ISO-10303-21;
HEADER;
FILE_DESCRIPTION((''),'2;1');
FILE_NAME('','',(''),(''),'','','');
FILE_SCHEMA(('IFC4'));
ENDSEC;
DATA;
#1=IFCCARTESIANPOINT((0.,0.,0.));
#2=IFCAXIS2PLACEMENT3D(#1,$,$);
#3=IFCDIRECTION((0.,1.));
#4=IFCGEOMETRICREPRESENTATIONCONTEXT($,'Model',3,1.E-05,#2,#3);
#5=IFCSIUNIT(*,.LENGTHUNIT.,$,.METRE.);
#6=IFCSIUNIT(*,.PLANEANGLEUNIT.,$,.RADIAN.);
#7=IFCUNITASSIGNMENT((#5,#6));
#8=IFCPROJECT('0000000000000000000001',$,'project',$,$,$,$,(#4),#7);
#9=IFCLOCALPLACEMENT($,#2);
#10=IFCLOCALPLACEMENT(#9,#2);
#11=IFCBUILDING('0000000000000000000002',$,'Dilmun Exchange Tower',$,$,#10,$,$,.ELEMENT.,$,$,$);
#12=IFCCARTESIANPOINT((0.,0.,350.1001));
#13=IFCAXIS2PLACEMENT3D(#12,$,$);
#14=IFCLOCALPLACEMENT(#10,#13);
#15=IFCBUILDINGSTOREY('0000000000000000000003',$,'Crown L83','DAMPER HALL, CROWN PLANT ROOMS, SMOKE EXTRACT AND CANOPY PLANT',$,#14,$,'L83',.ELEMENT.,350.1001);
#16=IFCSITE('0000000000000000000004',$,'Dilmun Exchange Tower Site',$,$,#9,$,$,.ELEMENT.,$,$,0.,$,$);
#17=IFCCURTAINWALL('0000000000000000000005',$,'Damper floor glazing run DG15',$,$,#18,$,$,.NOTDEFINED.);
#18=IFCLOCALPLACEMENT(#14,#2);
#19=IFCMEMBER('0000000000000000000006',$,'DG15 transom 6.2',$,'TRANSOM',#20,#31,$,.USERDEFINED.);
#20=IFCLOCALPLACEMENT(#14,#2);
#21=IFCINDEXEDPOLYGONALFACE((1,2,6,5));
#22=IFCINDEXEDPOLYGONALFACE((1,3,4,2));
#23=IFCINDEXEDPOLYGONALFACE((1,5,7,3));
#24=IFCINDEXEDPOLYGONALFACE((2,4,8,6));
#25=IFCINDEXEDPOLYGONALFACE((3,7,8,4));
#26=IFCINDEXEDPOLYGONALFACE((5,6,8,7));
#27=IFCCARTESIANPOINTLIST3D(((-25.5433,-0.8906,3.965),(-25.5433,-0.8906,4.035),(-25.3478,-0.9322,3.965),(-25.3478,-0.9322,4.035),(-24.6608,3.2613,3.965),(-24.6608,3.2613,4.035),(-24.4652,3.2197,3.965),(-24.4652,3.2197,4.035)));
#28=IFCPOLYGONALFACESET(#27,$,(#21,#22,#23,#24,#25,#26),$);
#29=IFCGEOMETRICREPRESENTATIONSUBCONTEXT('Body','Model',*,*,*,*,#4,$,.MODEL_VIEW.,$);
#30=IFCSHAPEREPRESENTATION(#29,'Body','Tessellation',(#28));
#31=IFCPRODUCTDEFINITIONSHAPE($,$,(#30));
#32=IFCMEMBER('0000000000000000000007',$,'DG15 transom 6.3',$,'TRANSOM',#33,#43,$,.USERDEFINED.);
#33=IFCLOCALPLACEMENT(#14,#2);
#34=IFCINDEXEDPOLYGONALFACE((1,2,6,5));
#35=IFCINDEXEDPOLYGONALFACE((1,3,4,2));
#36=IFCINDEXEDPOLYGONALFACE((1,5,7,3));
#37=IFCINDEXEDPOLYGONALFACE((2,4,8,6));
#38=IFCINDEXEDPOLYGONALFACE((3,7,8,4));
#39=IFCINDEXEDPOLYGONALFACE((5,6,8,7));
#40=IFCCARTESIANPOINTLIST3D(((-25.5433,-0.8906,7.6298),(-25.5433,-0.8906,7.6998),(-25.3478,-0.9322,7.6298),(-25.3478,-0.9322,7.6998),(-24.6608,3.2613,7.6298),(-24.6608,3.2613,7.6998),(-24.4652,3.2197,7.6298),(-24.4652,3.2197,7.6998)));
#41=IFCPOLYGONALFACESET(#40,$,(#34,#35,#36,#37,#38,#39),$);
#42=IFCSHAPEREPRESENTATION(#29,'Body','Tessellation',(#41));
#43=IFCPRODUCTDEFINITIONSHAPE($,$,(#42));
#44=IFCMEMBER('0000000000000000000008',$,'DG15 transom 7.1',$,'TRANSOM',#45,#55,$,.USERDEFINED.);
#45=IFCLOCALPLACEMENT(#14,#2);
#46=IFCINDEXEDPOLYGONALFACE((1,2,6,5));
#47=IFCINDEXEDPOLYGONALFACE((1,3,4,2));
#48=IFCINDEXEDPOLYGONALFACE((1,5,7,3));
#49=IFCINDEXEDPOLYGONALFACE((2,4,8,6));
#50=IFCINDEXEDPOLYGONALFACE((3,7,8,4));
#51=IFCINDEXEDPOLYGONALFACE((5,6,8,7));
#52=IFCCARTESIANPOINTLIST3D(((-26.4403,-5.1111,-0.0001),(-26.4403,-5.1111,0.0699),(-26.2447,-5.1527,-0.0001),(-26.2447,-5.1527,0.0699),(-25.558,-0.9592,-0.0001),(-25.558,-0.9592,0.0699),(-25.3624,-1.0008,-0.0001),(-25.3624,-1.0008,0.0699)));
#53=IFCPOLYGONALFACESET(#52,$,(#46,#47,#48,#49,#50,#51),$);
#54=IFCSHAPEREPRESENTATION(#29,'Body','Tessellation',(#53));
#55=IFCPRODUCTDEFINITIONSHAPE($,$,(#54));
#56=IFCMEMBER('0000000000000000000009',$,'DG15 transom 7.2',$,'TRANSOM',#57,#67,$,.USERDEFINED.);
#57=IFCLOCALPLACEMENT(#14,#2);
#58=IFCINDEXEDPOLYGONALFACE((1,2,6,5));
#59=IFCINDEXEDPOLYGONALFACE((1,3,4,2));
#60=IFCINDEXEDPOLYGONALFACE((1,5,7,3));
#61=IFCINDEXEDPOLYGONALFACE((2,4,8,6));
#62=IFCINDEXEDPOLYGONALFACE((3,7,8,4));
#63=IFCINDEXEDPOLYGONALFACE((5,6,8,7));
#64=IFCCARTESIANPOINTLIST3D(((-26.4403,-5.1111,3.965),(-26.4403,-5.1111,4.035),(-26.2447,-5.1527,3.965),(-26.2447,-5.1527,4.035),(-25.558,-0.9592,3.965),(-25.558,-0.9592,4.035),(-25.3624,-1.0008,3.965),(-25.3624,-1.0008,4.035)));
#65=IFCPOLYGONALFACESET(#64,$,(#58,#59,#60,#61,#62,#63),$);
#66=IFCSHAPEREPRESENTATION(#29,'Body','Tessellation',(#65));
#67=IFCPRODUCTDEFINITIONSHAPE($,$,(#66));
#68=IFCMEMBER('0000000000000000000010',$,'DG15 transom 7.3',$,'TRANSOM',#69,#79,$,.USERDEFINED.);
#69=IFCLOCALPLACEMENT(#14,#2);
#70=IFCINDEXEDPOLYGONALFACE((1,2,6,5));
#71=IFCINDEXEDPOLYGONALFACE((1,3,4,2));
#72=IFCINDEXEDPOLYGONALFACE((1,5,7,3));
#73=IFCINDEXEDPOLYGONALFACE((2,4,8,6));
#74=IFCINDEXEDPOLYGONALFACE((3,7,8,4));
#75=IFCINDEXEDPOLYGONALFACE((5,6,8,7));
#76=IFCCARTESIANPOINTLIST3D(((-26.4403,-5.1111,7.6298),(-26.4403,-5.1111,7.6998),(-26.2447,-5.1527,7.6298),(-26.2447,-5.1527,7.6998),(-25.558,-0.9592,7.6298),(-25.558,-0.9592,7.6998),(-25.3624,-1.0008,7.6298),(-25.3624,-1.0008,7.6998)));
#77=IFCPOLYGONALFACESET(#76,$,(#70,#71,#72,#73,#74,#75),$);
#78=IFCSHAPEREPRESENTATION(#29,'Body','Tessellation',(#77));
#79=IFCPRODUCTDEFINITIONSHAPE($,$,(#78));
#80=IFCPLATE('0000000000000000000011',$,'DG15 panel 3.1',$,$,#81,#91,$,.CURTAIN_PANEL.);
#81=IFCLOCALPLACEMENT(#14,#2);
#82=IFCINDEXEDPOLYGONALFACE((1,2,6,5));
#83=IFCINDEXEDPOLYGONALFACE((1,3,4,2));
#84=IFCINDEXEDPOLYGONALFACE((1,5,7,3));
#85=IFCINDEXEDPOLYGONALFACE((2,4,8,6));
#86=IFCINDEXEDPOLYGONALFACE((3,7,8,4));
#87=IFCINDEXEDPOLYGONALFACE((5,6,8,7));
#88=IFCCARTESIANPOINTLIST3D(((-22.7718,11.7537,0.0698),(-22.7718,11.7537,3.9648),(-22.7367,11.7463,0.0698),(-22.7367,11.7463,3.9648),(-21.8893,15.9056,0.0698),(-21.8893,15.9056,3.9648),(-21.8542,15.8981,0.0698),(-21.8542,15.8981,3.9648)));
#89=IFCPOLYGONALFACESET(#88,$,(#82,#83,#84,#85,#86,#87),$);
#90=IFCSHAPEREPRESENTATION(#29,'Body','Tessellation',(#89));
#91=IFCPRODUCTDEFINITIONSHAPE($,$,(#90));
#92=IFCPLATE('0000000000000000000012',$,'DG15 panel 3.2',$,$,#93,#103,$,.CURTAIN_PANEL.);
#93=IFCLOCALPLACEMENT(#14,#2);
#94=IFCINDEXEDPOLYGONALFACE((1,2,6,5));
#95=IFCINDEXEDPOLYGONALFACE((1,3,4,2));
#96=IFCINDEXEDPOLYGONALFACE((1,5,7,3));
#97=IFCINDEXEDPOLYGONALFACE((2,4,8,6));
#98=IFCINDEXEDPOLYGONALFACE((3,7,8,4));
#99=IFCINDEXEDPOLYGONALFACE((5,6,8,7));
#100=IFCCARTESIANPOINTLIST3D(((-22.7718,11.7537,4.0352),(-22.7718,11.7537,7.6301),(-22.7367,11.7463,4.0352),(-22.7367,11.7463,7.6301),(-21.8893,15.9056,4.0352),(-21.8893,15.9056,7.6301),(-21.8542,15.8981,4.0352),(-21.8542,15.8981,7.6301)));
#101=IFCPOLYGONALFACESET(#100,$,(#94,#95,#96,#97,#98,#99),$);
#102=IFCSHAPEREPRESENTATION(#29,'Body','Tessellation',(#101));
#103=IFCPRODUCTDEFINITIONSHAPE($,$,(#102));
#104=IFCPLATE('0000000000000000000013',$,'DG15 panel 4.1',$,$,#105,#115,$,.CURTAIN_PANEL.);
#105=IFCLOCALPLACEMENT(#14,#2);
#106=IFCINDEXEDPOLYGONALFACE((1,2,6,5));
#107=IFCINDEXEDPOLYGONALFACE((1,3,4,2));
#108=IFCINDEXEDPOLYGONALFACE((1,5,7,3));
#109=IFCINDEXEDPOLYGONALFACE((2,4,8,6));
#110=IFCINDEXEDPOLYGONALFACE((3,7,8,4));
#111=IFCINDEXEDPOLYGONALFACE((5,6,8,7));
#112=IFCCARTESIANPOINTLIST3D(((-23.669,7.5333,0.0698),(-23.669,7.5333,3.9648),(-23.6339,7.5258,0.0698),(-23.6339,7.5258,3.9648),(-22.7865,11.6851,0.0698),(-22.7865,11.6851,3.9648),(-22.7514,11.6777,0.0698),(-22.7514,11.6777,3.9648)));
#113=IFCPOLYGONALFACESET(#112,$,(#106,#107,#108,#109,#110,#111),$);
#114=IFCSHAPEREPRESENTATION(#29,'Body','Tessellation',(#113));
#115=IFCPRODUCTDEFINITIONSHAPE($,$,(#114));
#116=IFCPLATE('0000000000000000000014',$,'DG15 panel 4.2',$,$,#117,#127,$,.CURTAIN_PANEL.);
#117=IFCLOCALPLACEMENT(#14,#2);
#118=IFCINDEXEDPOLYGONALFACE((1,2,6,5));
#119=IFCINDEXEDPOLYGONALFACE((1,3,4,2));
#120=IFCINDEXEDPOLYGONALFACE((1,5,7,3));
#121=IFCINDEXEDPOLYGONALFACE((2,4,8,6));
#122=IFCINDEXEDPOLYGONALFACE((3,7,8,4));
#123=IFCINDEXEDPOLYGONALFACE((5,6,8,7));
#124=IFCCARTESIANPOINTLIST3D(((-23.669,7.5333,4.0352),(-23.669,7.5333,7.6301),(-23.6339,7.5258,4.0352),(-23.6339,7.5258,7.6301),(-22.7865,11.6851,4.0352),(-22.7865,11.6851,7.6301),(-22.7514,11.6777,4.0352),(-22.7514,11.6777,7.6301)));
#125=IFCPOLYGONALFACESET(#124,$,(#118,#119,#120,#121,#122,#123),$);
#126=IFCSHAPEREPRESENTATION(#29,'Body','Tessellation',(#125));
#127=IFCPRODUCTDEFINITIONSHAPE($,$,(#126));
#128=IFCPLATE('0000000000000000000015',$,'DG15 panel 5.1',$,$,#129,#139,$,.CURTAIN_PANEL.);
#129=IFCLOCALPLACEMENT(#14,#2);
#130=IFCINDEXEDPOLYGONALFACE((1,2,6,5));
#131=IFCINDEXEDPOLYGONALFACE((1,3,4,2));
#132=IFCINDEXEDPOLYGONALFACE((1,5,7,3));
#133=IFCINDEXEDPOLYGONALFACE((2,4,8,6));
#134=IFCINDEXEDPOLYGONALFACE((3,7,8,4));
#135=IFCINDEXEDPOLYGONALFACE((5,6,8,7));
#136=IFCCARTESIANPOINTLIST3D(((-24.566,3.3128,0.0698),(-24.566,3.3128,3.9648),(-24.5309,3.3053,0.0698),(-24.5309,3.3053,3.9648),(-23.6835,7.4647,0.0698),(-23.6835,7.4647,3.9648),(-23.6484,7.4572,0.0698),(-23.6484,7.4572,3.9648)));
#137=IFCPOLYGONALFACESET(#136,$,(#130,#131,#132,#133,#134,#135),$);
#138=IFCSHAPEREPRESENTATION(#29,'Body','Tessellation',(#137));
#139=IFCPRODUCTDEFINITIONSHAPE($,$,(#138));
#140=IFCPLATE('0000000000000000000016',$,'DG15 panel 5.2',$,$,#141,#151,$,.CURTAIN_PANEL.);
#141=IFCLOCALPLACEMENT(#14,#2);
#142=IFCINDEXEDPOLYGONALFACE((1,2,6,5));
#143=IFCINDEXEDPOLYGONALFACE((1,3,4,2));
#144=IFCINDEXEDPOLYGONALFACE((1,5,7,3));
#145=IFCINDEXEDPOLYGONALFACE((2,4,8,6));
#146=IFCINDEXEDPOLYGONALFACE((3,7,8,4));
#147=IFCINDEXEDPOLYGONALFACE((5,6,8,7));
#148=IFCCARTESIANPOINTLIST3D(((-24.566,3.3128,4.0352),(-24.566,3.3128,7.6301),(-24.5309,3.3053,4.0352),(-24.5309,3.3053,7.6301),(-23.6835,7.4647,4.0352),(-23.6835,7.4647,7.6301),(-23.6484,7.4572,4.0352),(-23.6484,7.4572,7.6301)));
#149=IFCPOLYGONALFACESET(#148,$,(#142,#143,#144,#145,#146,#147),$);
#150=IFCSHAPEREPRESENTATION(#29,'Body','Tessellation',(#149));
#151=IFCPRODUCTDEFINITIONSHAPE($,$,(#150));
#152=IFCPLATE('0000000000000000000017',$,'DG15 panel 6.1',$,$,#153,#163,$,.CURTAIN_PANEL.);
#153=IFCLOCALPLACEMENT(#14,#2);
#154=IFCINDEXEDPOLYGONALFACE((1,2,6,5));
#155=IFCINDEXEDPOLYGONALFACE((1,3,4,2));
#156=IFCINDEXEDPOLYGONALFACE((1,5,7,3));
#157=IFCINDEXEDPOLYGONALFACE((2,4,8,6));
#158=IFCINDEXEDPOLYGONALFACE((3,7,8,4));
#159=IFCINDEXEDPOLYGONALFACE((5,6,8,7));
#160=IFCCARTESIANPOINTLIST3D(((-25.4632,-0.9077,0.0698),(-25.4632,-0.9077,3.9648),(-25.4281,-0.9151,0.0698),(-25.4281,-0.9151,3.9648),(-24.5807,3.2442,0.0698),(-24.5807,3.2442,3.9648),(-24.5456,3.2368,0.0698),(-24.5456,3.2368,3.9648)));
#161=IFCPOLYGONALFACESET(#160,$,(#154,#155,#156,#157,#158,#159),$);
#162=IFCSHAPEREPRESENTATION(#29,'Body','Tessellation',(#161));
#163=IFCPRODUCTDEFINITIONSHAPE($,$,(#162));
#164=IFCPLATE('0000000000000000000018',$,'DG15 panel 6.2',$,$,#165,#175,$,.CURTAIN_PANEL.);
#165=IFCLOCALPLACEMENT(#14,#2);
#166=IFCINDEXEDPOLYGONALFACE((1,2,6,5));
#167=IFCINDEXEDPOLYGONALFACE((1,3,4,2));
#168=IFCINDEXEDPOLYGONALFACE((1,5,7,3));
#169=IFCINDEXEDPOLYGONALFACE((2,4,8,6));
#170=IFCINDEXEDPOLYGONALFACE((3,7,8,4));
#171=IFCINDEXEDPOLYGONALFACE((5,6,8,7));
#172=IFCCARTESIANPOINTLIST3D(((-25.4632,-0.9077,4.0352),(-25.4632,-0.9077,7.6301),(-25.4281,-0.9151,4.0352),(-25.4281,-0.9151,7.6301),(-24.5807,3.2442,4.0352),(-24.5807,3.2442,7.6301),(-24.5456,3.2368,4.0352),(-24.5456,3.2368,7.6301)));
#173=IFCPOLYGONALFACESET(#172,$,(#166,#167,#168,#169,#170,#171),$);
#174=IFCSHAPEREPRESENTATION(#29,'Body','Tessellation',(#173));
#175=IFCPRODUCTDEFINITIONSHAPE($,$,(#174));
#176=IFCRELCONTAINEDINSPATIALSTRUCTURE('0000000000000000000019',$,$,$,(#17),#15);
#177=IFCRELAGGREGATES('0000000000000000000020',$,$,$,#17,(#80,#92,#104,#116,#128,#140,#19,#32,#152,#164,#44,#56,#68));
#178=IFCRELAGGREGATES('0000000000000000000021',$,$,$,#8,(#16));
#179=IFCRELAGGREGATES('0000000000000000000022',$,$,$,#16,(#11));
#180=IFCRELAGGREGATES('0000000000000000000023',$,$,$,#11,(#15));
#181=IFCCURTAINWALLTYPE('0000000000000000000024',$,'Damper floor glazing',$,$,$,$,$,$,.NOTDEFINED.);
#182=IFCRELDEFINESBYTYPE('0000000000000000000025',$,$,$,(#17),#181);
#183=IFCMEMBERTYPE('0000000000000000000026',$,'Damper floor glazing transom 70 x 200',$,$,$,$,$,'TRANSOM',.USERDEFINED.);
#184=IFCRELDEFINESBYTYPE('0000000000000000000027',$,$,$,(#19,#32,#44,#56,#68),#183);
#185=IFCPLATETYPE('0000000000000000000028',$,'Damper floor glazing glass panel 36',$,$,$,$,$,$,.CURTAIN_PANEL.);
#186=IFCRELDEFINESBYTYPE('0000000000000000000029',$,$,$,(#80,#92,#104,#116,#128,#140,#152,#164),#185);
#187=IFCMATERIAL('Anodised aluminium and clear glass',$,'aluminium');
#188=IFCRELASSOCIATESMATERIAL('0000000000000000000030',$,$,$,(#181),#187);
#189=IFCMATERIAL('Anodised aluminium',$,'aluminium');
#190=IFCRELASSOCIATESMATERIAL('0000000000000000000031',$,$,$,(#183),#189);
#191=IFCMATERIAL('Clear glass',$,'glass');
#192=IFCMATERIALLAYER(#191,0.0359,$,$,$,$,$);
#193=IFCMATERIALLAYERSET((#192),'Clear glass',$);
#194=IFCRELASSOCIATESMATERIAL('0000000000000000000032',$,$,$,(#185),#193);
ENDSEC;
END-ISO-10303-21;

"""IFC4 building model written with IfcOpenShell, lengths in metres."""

from ifc_helpers import new_model, si_unit, direction, frame, origin, origin_2d, place, context, subcontext, project, spatial, rectangle, extrude, material, layer, layer_set, material_profile, profile_set, type_object, element, aggregate, save


model = new_model("IFC4")

# Units and contexts
model_context = context("Model", 3, precision=1e-05, world=origin(), true_north=direction((0.0, 1.0)))
body_context = subcontext(model_context, "Body", "Model", "MODEL_VIEW")
ifc_project = project(units=[si_unit("LENGTHUNIT", "METRE"), si_unit("PLANEANGLEUNIT", "RADIAN")], contexts=[model_context])

# Site, building, storey
site_placement = place(None, origin())
site = spatial("IfcSite", under=ifc_project, at=site_placement, Name="Dilmun Exchange Tower Site", CompositionType="ELEMENT", RefElevation=0.0)
building_placement = place(site_placement, origin())
building = spatial("IfcBuilding", under=site, at=building_placement, Name="Dilmun Exchange Tower", CompositionType="ELEMENT")
storey_placement = place(building_placement, frame((0.0, 0.0, 350.1001)))
storey = spatial("IfcBuildingStorey", under=building, at=storey_placement, Name="Crown L83", Description="DAMPER HALL, CROWN PLANT ROOMS, SMOKE EXTRACT AND CANOPY PLANT", LongName="L83", CompositionType="ELEMENT", Elevation=350.1001)

# Curtain wall, members, plates
ifc_material_1 = material(Name="Anodised aluminium and clear glass", Category="aluminium")
curtain_wall_type = type_object("IfcCurtainWallType", Name="Damper floor glazing", PredefinedType="NOTDEFINED", material=ifc_material_1)
curtain_wall_placement = place(storey_placement, origin())
curtain_wall = element("IfcCurtainWall", 1, at=curtain_wall_placement, inside=storey, type_object=curtain_wall_type, Name="Damper floor glazing run DG15", PredefinedType="NOTDEFINED")
ifc_material_2 = material(Name="Anodised aluminium", Category="aluminium")
ifc_material_profile_1 = material_profile(ifc_material_2, rectangle(XDim=0.2, YDim=0.0701, at=origin_2d()), Name="AL 70x200")
ifc_profile_set_1 = profile_set([ifc_material_profile_1], Name="Anodised aluminium")
member_type_1 = type_object("IfcMemberType", Name="Damper floor glazing transom 70 x 200", ElementType="TRANSOM", PredefinedType="USERDEFINED", material=ifc_profile_set_1)
member_1_placement = place(storey_placement, frame((-24.563, 3.2405, 4.0), z_axis=(-0.207926, -0.978145, 0.0), x_axis=(0.978145, -0.207926, 0.0)))
member_1 = element("IfcMember", 2, at=member_1_placement, type_object=member_type_1, Name="DG15 transom 6.2", ObjectType="TRANSOM", PredefinedType="USERDEFINED", context=body_context, shape_type="SweptSolid", body=[
    extrude(rectangle(XDim=0.2, YDim=0.0701, at=origin_2d()), origin(), (0.0, 0.0, 1.0), 4.2446),
])
member_2_placement = place(storey_placement, frame((-24.563, 3.2405, 7.6648), z_axis=(-0.207926, -0.978145, 0.0), x_axis=(0.978145, -0.207926, 0.0)))
member_2 = element("IfcMember", 3, at=member_2_placement, type_object=member_type_1, Name="DG15 transom 6.3", ObjectType="TRANSOM", PredefinedType="USERDEFINED", context=body_context, shape_type="SweptSolid", body=[
    extrude(rectangle(XDim=0.2, YDim=0.0701, at=origin_2d()), origin(), (0.0, 0.0, 1.0), 4.2446),
])
member_3_placement = place(storey_placement, frame((-25.4602, -0.98, 0.0349), z_axis=(-0.207871, -0.978156, 0.0), x_axis=(0.978156, -0.207871, 0.0)))
member_3 = element("IfcMember", 4, at=member_3_placement, type_object=member_type_1, Name="DG15 transom 7.1", ObjectType="TRANSOM", PredefinedType="USERDEFINED", context=body_context, shape_type="SweptSolid", body=[
    extrude(rectangle(XDim=0.2, YDim=0.0701, at=origin_2d()), origin(), (0.0, 0.0, 1.0), 4.2446),
])
member_4_placement = place(storey_placement, frame((-25.4602, -0.98, 4.0), z_axis=(-0.207871, -0.978156, 0.0), x_axis=(0.978156, -0.207871, 0.0)))
member_4 = element("IfcMember", 5, at=member_4_placement, type_object=member_type_1, Name="DG15 transom 7.2", ObjectType="TRANSOM", PredefinedType="USERDEFINED", context=body_context, shape_type="SweptSolid", body=[
    extrude(rectangle(XDim=0.2, YDim=0.0701, at=origin_2d()), origin(), (0.0, 0.0, 1.0), 4.2446),
])
member_5_placement = place(storey_placement, frame((-25.4602, -0.98, 7.6648), z_axis=(-0.207871, -0.978156, 0.0), x_axis=(0.978156, -0.207871, 0.0)))
member_5 = element("IfcMember", 6, at=member_5_placement, type_object=member_type_1, Name="DG15 transom 7.3", ObjectType="TRANSOM", PredefinedType="USERDEFINED", context=body_context, shape_type="SweptSolid", body=[
    extrude(rectangle(XDim=0.2, YDim=0.0701, at=origin_2d()), origin(), (0.0, 0.0, 1.0), 4.2446),
])
ifc_material_3 = material(Name="Clear glass", Category="glass")
ifc_layer_1 = layer(ifc_material_3, 0.0359)
ifc_layer_set_1 = layer_set([ifc_layer_1], Name="Clear glass")
plate_type = type_object("IfcPlateType", Name="Damper floor glazing glass panel 36", PredefinedType="CURTAIN_PANEL", material=ifc_layer_set_1)
plate_1_placement = place(storey_placement, frame((-22.313, 13.8259, 0.0698), z_axis=(0.0, 0.0, 1.0), x_axis=(-0.207912, -0.978147, 0.0)))
plate_1 = element("IfcPlate", 7, at=plate_1_placement, type_object=plate_type, Name="DG15 panel 3.1", PredefinedType="CURTAIN_PANEL", context=body_context, shape_type="SweptSolid", body=[
    extrude(rectangle(XDim=4.2446, YDim=0.0359, at=origin_2d()), origin(), (0.0, 0.0, 1.0), 3.895),
])
plate_2_placement = place(storey_placement, frame((-22.313, 13.8259, 4.0352), z_axis=(0.0, 0.0, 1.0), x_axis=(-0.207912, -0.978147, 0.0)))
plate_2 = element("IfcPlate", 8, at=plate_2_placement, type_object=plate_type, Name="DG15 panel 3.2", PredefinedType="CURTAIN_PANEL", context=body_context, shape_type="SweptSolid", body=[
    extrude(rectangle(XDim=4.2446, YDim=0.0359, at=origin_2d()), origin(), (0.0, 0.0, 1.0), 3.595),
])
plate_3_placement = place(storey_placement, frame((-23.2102, 9.6055, 0.0698), z_axis=(0.0, 0.0, 1.0), x_axis=(-0.207912, -0.978147, 0.0)))
plate_3 = element("IfcPlate", 9, at=plate_3_placement, type_object=plate_type, Name="DG15 panel 4.1", PredefinedType="CURTAIN_PANEL", context=body_context, shape_type="SweptSolid", body=[
    extrude(rectangle(XDim=4.2446, YDim=0.0359, at=origin_2d()), origin(), (0.0, 0.0, 1.0), 3.895),
])
plate_4_placement = place(storey_placement, frame((-23.2102, 9.6055, 4.0352), z_axis=(0.0, 0.0, 1.0), x_axis=(-0.207912, -0.978147, 0.0)))
plate_4 = element("IfcPlate", 10, at=plate_4_placement, type_object=plate_type, Name="DG15 panel 4.2", PredefinedType="CURTAIN_PANEL", context=body_context, shape_type="SweptSolid", body=[
    extrude(rectangle(XDim=4.2446, YDim=0.0359, at=origin_2d()), origin(), (0.0, 0.0, 1.0), 3.595),
])
plate_5_placement = place(storey_placement, frame((-24.1072, 5.385, 0.0698), z_axis=(0.0, 0.0, 1.0), x_axis=(-0.207912, -0.978147, 0.0)))
plate_5 = element("IfcPlate", 11, at=plate_5_placement, type_object=plate_type, Name="DG15 panel 5.1", PredefinedType="CURTAIN_PANEL", context=body_context, shape_type="SweptSolid", body=[
    extrude(rectangle(XDim=4.2446, YDim=0.0359, at=origin_2d()), origin(), (0.0, 0.0, 1.0), 3.895),
])
plate_6_placement = place(storey_placement, frame((-24.1072, 5.385, 4.0352), z_axis=(0.0, 0.0, 1.0), x_axis=(-0.207912, -0.978147, 0.0)))
plate_6 = element("IfcPlate", 12, at=plate_6_placement, type_object=plate_type, Name="DG15 panel 5.2", PredefinedType="CURTAIN_PANEL", context=body_context, shape_type="SweptSolid", body=[
    extrude(rectangle(XDim=4.2446, YDim=0.0359, at=origin_2d()), origin(), (0.0, 0.0, 1.0), 3.595),
])
plate_7_placement = place(storey_placement, frame((-25.0044, 1.1646, 0.0698), z_axis=(0.0, 0.0, 1.0), x_axis=(-0.207912, -0.978147, 0.0)))
plate_7 = element("IfcPlate", 13, at=plate_7_placement, type_object=plate_type, Name="DG15 panel 6.1", PredefinedType="CURTAIN_PANEL", context=body_context, shape_type="SweptSolid", body=[
    extrude(rectangle(XDim=4.2446, YDim=0.0359, at=origin_2d()), origin(), (0.0, 0.0, 1.0), 3.895),
])
plate_8_placement = place(storey_placement, frame((-25.0044, 1.1646, 4.0352), z_axis=(0.0, 0.0, 1.0), x_axis=(-0.207912, -0.978147, 0.0)))
plate_8 = element("IfcPlate", 14, at=plate_8_placement, type_object=plate_type, Name="DG15 panel 6.2", PredefinedType="CURTAIN_PANEL", context=body_context, shape_type="SweptSolid", body=[
    extrude(rectangle(XDim=4.2446, YDim=0.0359, at=origin_2d()), origin(), (0.0, 0.0, 1.0), 3.595),
])
aggregate(curtain_wall, [plate_1, plate_2, plate_3, plate_4, plate_5, plate_6, member_1, member_2, plate_7, plate_8, member_3, member_4, member_5])

save(model, "model.ifc")
